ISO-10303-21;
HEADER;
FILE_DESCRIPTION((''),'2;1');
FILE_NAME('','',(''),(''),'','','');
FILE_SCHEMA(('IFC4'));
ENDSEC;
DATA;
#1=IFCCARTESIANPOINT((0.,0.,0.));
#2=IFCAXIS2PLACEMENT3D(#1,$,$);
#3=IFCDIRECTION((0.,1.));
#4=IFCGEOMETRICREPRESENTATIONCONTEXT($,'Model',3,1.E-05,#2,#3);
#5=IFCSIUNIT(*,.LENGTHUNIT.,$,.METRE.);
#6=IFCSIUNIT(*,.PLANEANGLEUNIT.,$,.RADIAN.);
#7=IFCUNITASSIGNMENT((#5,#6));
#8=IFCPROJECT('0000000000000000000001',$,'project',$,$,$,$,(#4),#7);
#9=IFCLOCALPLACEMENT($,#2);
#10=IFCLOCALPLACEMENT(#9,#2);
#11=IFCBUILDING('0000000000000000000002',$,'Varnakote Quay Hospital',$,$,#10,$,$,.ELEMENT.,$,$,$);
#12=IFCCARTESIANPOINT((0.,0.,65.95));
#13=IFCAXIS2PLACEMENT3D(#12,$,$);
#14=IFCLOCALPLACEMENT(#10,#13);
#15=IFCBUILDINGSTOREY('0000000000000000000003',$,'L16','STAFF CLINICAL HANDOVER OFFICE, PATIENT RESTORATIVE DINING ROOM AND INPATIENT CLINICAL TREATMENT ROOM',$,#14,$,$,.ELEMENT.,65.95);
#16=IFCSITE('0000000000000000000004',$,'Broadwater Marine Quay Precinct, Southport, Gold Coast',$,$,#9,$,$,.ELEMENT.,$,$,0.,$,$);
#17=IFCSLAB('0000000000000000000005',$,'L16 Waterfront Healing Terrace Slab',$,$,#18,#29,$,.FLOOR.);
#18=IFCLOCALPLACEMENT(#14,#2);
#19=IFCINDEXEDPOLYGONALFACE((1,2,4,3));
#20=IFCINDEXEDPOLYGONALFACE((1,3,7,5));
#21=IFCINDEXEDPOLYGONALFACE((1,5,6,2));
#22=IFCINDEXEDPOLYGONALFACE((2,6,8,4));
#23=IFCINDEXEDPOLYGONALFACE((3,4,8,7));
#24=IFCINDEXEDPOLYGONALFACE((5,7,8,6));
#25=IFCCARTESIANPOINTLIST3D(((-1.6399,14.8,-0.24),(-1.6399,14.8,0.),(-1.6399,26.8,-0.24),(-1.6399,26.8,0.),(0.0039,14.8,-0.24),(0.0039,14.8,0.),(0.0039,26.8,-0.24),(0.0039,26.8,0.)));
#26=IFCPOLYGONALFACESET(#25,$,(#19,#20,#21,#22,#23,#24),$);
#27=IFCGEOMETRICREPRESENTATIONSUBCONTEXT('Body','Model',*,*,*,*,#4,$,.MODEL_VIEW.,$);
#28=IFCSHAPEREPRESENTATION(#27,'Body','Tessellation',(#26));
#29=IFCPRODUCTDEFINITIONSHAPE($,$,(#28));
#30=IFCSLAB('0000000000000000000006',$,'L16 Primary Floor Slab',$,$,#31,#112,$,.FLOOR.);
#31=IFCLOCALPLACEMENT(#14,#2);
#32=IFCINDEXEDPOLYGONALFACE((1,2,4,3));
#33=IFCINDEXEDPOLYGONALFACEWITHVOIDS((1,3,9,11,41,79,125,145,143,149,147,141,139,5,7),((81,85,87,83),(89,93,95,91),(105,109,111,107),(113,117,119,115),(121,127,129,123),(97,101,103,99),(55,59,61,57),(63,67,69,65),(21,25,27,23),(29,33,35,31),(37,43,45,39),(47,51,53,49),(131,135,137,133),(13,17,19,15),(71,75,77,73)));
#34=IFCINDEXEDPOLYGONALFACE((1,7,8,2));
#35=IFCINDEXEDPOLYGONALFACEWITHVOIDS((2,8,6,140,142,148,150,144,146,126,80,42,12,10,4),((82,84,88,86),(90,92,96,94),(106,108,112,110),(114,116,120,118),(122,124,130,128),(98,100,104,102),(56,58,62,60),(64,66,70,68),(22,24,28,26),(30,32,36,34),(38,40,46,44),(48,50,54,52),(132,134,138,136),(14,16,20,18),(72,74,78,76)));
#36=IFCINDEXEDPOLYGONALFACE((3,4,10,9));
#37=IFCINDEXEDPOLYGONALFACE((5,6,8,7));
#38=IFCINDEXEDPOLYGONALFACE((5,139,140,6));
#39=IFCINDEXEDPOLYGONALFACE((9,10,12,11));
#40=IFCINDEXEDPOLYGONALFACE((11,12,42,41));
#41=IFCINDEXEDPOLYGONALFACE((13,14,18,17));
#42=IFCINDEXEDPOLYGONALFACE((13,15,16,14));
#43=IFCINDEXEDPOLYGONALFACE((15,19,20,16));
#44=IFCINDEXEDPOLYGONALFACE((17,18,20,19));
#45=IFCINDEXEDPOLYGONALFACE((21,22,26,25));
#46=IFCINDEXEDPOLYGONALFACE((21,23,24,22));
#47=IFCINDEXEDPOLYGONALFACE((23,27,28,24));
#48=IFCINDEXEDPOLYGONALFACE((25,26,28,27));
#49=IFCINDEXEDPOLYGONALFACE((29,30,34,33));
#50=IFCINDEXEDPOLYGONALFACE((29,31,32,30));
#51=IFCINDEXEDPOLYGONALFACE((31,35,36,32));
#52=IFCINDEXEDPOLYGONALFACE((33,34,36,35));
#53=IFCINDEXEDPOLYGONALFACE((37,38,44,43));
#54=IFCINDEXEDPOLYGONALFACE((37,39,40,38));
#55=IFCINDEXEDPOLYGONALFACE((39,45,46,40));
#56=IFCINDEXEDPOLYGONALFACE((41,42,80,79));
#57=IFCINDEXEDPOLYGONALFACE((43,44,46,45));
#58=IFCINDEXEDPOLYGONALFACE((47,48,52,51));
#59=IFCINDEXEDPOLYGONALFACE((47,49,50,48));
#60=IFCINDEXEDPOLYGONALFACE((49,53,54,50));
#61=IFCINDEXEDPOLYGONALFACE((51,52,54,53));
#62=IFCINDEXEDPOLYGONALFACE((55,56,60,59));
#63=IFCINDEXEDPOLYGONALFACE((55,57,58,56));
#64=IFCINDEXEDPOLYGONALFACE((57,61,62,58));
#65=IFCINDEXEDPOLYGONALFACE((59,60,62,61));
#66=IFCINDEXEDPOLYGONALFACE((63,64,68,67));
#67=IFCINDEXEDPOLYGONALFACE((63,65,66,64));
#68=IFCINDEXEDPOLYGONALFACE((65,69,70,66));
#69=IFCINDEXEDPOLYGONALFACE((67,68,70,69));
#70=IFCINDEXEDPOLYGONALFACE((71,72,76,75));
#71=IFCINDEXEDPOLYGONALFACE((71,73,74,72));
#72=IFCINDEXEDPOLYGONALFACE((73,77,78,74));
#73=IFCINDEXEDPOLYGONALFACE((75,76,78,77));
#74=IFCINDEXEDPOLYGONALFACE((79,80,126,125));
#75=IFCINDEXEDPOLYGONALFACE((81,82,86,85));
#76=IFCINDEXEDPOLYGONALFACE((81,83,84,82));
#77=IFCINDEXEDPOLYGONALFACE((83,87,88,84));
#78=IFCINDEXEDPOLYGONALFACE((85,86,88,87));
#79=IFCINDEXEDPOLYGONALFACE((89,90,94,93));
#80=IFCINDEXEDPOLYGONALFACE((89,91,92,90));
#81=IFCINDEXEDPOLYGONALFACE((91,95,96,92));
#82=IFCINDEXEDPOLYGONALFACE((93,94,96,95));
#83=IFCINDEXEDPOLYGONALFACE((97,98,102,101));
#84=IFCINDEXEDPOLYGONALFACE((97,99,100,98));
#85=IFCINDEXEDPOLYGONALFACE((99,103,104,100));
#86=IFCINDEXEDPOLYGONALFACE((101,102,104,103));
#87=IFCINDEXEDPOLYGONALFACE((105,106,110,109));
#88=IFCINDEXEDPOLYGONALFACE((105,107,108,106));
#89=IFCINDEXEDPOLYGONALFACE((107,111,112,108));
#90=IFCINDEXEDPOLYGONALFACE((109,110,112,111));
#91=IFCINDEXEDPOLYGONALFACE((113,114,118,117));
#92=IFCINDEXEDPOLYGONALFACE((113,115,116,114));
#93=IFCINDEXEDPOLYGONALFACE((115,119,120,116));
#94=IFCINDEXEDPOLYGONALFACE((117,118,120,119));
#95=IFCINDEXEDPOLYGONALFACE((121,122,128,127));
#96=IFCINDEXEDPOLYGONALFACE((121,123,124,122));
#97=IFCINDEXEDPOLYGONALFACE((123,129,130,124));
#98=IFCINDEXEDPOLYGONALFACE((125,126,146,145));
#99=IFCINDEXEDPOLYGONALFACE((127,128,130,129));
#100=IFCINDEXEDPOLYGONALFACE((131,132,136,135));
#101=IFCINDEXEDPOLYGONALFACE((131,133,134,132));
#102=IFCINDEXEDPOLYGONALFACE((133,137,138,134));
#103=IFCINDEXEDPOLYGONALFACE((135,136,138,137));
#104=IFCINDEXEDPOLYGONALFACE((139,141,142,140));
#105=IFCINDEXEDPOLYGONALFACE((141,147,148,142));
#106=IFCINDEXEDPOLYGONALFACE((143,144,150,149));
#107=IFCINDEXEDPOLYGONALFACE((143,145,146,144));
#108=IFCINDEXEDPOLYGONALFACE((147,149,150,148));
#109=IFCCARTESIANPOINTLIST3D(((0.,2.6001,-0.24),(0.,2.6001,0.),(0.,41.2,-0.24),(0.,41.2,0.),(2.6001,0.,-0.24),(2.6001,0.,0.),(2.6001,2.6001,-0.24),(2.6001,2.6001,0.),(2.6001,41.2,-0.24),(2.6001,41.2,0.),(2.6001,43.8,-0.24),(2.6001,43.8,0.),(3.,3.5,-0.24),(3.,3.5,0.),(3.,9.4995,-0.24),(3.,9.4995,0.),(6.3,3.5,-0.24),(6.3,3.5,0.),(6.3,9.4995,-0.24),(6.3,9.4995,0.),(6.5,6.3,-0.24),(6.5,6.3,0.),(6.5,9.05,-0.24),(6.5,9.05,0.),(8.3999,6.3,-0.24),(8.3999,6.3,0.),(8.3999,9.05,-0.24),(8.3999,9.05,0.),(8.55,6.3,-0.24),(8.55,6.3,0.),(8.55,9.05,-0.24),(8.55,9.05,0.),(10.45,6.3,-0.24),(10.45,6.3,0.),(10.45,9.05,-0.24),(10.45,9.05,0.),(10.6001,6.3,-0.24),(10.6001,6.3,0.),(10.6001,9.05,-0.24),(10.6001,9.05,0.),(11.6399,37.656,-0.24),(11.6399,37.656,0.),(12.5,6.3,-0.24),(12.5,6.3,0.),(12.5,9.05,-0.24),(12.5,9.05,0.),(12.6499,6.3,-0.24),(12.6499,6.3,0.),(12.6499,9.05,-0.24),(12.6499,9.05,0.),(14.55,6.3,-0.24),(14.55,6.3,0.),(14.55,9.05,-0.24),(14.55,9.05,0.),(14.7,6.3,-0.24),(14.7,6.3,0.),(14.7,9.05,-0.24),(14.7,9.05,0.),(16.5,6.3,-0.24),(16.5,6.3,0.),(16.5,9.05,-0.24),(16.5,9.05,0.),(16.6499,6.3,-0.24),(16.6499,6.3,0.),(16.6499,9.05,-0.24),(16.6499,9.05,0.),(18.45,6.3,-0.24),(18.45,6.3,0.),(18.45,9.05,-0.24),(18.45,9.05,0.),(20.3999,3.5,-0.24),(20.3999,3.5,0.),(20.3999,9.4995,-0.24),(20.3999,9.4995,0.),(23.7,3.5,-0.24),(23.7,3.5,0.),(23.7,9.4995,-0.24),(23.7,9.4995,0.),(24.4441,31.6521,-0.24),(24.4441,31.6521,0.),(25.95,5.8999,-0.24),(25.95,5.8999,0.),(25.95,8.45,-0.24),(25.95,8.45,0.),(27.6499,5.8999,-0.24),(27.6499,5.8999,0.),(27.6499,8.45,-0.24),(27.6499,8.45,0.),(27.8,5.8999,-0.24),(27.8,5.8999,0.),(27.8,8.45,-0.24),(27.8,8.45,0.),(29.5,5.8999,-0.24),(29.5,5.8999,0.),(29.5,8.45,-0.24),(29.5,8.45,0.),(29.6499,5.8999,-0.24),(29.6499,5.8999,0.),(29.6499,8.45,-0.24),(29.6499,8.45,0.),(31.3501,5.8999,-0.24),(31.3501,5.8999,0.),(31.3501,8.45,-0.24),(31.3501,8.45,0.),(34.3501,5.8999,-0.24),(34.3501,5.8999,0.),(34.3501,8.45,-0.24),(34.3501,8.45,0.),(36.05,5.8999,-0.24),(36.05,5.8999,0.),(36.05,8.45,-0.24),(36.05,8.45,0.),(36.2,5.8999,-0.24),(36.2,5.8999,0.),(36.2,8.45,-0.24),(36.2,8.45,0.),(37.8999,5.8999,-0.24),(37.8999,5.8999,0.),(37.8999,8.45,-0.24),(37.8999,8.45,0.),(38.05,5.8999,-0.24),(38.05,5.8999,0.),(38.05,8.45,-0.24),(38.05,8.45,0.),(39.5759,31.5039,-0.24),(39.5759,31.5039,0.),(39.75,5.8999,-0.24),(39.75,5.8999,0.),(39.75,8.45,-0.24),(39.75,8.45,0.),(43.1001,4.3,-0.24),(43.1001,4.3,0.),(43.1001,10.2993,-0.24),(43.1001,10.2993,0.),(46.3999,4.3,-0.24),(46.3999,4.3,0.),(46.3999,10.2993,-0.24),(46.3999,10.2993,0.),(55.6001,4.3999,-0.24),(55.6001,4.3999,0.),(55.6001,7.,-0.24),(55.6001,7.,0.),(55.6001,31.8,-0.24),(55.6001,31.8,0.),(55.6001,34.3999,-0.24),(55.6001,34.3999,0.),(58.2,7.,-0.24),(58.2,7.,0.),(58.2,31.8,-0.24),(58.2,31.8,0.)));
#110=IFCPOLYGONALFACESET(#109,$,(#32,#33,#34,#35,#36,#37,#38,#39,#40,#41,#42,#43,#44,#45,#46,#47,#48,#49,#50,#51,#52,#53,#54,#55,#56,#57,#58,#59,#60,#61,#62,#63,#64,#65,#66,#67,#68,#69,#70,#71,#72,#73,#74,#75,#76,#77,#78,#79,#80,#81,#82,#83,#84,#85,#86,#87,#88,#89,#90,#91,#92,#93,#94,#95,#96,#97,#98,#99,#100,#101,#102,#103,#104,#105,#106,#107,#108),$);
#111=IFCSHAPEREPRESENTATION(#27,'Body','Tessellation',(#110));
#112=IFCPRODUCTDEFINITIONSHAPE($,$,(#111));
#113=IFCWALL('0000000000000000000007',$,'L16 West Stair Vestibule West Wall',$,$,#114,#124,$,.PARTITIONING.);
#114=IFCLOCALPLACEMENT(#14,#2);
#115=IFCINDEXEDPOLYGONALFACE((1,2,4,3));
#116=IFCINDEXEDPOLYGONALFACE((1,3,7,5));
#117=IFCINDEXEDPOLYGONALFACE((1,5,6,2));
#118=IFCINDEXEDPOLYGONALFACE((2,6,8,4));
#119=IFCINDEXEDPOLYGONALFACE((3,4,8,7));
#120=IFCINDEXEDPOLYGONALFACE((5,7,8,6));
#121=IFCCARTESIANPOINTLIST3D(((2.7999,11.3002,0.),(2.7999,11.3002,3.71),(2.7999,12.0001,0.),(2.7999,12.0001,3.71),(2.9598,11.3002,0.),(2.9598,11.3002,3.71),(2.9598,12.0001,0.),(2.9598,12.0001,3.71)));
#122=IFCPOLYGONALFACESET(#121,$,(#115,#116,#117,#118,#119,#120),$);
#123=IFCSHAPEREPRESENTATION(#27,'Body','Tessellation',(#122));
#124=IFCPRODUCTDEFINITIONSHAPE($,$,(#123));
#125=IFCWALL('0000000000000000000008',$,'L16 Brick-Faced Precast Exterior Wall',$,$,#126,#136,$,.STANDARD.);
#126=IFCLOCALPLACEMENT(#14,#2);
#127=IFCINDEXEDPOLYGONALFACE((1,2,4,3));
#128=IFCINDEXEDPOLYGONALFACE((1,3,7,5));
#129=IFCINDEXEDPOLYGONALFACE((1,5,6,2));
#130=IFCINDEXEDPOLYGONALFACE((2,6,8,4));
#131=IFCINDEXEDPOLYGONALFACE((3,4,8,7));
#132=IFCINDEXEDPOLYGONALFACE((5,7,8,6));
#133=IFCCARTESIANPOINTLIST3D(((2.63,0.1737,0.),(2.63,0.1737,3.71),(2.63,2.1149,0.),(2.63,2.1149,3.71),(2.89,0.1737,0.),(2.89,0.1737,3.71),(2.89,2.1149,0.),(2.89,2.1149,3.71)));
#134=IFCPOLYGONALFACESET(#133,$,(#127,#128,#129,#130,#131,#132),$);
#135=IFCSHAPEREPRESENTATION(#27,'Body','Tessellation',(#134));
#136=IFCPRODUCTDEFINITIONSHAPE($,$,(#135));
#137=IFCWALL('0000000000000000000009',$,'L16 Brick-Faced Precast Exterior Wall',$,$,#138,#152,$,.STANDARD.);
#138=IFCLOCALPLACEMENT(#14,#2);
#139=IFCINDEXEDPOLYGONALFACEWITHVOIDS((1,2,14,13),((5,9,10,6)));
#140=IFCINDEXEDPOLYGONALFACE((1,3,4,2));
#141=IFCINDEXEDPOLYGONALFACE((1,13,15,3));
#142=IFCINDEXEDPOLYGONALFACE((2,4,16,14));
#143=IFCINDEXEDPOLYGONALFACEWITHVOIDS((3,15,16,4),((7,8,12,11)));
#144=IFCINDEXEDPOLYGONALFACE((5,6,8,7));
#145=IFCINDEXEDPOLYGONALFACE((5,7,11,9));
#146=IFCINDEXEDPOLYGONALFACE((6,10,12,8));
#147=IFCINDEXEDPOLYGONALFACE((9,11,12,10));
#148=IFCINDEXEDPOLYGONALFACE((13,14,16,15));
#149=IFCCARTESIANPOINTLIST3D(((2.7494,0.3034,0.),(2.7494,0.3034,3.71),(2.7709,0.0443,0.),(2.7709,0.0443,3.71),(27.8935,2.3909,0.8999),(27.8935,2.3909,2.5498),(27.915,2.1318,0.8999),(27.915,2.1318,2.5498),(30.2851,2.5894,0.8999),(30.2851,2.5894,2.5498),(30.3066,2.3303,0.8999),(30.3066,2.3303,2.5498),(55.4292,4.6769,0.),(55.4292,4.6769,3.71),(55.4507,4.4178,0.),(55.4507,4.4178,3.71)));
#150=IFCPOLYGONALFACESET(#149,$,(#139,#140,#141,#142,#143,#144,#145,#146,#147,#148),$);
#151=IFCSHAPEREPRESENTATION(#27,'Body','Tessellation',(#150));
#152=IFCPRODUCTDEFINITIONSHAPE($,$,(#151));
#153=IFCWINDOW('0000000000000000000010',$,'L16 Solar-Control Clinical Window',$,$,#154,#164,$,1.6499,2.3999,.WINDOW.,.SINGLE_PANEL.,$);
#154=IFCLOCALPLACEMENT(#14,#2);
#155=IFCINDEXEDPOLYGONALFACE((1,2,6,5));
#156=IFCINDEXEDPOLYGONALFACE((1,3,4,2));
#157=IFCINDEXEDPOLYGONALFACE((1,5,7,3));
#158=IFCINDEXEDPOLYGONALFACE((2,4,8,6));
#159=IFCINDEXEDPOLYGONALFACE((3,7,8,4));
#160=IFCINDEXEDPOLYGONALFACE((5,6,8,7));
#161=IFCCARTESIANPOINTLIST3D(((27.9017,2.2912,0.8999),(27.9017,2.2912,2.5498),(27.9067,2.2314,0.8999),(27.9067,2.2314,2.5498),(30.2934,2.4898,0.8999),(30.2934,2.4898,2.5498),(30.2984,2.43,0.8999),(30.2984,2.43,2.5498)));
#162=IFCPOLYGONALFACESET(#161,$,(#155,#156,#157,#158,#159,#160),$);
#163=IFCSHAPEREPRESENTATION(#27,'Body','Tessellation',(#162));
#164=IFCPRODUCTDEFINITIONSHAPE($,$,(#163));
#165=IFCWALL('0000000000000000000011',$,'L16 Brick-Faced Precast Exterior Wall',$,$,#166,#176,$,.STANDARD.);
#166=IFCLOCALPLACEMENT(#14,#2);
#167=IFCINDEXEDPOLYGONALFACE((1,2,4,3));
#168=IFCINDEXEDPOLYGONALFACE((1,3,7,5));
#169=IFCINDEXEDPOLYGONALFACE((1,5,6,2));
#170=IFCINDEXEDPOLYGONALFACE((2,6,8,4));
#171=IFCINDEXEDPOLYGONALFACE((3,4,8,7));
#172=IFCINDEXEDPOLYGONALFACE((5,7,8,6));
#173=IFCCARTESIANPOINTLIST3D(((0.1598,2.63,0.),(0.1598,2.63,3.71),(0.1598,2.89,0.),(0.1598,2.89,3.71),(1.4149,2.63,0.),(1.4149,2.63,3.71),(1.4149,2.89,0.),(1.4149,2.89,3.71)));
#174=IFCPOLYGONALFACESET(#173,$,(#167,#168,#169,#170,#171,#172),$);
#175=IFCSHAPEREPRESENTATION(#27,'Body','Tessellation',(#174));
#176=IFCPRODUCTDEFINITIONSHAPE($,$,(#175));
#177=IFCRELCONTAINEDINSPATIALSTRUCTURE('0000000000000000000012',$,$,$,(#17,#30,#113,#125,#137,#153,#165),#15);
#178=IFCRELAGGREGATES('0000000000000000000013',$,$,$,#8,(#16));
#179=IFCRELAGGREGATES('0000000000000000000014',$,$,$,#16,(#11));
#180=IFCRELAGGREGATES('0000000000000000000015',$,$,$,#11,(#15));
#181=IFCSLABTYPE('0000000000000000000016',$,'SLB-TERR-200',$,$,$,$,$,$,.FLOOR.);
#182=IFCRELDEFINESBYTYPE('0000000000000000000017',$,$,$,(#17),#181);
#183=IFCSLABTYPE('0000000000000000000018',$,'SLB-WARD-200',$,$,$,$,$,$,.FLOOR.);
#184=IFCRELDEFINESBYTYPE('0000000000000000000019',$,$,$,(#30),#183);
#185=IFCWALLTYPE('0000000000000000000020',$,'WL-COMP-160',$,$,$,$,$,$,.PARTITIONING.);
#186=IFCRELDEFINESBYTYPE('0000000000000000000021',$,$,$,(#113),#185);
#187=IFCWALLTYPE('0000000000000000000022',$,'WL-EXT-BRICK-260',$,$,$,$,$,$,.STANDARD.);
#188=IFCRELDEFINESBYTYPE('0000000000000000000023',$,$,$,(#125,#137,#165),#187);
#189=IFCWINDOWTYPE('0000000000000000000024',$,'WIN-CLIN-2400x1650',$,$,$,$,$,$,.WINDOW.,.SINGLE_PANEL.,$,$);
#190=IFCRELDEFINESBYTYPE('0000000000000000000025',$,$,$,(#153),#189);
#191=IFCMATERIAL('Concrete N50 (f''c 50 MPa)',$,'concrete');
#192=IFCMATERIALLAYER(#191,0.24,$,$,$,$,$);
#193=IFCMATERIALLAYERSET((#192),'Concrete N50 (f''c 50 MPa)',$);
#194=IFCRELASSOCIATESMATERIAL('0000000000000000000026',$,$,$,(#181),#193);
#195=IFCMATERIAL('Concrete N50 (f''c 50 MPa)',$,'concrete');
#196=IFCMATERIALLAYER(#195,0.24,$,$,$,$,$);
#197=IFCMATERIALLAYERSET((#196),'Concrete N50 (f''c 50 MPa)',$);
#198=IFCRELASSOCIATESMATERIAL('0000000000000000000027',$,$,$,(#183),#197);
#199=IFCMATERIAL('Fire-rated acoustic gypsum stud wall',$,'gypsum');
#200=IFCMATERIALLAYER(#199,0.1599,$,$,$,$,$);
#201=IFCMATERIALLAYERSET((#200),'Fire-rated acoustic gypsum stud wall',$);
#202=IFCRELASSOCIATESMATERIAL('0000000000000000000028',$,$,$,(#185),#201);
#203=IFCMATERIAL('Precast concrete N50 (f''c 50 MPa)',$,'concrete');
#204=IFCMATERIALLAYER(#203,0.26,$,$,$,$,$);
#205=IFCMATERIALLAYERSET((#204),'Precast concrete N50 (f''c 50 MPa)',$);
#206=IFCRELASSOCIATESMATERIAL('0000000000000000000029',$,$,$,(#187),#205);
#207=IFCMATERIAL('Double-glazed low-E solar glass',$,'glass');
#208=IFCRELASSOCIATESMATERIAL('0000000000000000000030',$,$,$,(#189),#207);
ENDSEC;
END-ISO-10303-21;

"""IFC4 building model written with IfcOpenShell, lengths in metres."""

from ifc_helpers import new_model, si_unit, direction, frame, frame_2d, origin, place, context, subcontext, project, spatial, polyline, rectangle, outline, extrude, material, layer, layer_set, type_object, element, fill, save


model = new_model("IFC4")

# Units and contexts
model_context = context("Model", 3, precision=1e-05, world=origin(), true_north=direction((0.0, 1.0)))
body_context = subcontext(model_context, "Body", "Model", "MODEL_VIEW")
ifc_project = project(units=[si_unit("LENGTHUNIT", "METRE"), si_unit("PLANEANGLEUNIT", "RADIAN")], contexts=[model_context])

# Site, building, storey
site_placement = place(None, origin())
site = spatial("IfcSite", under=ifc_project, at=site_placement, Name="Broadwater Marine Quay Precinct, Southport, Gold Coast", CompositionType="ELEMENT", RefElevation=0.0)
building_placement = place(site_placement, origin())
building = spatial("IfcBuilding", under=site, at=building_placement, Name="Varnakote Quay Hospital", CompositionType="ELEMENT")
storey_placement = place(building_placement, frame((0.0, 0.0, 65.95)))
storey = spatial("IfcBuildingStorey", under=building, at=storey_placement, Name="L16", Description="STAFF CLINICAL HANDOVER OFFICE, PATIENT RESTORATIVE DINING ROOM AND INPATIENT CLINICAL TREATMENT ROOM", CompositionType="ELEMENT", Elevation=65.95)

# Slabs
ifc_material_1 = material(Name="Concrete N50 (f'c 50 MPa)", Category="concrete")
ifc_layer_1 = layer(ifc_material_1, 0.24)
ifc_layer_set_1 = layer_set([ifc_layer_1], Name="Concrete N50 (f'c 50 MPa)")
slab_type_1 = type_object("IfcSlabType", Name="SLB-TERR-200", PredefinedType="FLOOR", material=ifc_layer_set_1)
slab_1_placement = place(storey_placement, frame((0.0, 0.0, -0.24)))
element("IfcSlab", 1, at=slab_1_placement, inside=storey, type_object=slab_type_1, Name="L16 Waterfront Healing Terrace Slab", PredefinedType="FLOOR", context=body_context, shape_type="SweptSolid", body=[
    extrude(outline(polyline([(0.0039, 14.8), (0.0039, 26.8), (-1.6399, 26.8), (-1.6399, 14.8), (0.0039, 14.8)])), origin(), (0.0, 0.0, 1.0), 0.24),
])
ifc_material_2 = material(Name="Concrete N50 (f'c 50 MPa)", Category="concrete")
ifc_layer_2 = layer(ifc_material_2, 0.24)
ifc_layer_set_2 = layer_set([ifc_layer_2], Name="Concrete N50 (f'c 50 MPa)")
slab_type_2 = type_object("IfcSlabType", Name="SLB-WARD-200", PredefinedType="FLOOR", material=ifc_layer_set_2)
slab_2_placement = place(storey_placement, frame((0.0, 0.0, -0.24)))
element("IfcSlab", 2, at=slab_2_placement, inside=storey, type_object=slab_type_2, Name="L16 Primary Floor Slab", PredefinedType="FLOOR", context=body_context, shape_type="SweptSolid", body=[
    extrude(outline(polyline([(0.0, 2.6001), (2.6001, 2.6001), (2.6001, 0.0), (55.6001, 4.3999), (55.6001, 7.0), (58.2, 7.0), (58.2, 31.8), (55.6001, 31.8), (55.6001, 34.3999), (39.5759, 31.5039), (24.4441, 31.6521), (11.6399, 37.656), (2.6001, 43.8), (2.6001, 41.2), (0.0, 41.2), (0.0, 2.6001)]), holes=[polyline([(3.0, 3.5), (6.3, 3.5), (6.3, 9.4995), (3.0, 9.4995), (3.0, 3.5)]), polyline([(20.3999, 3.5), (23.7, 3.5), (23.7, 9.4995), (20.3999, 9.4995), (20.3999, 3.5)]), polyline([(43.1001, 4.3), (46.3999, 4.3), (46.3999, 10.2993), (43.1001, 10.2993), (43.1001, 4.3)]), polyline([(6.5, 6.3), (8.3999, 6.3), (8.3999, 9.05), (6.5, 9.05), (6.5, 6.3)]), polyline([(8.55, 6.3), (10.45, 6.3), (10.45, 9.05), (8.55, 9.05), (8.55, 6.3)]), polyline([(10.6001, 6.3), (12.5, 6.3), (12.5, 9.05), (10.6001, 9.05), (10.6001, 6.3)]), polyline([(12.6499, 6.3), (14.55, 6.3), (14.55, 9.05), (12.6499, 9.05), (12.6499, 6.3)]), polyline([(14.7, 6.3), (16.5, 6.3), (16.5, 9.05), (14.7, 9.05), (14.7, 6.3)]), polyline([(16.6499, 6.3), (18.45, 6.3), (18.45, 9.05), (16.6499, 9.05), (16.6499, 6.3)]), polyline([(25.95, 5.8999), (27.6499, 5.8999), (27.6499, 8.45), (25.95, 8.45), (25.95, 5.8999)]), polyline([(27.8, 5.8999), (29.5, 5.8999), (29.5, 8.45), (27.8, 8.45), (27.8, 5.8999)]), polyline([(29.6499, 5.8999), (31.3501, 5.8999), (31.3501, 8.45), (29.6499, 8.45), (29.6499, 5.8999)]), polyline([(34.3501, 5.8999), (36.05, 5.8999), (36.05, 8.45), (34.3501, 8.45), (34.3501, 5.8999)]), polyline([(36.2, 5.8999), (37.8999, 5.8999), (37.8999, 8.45), (36.2, 8.45), (36.2, 5.8999)]), polyline([(38.05, 5.8999), (39.75, 5.8999), (39.75, 8.45), (38.05, 8.45), (38.05, 5.8999)])]), origin(), (0.0, 0.0, 1.0), 0.24),
])

# Walls
ifc_material_3 = material(Name="Fire-rated acoustic gypsum stud wall", Category="gypsum")
ifc_layer_3 = layer(ifc_material_3, 0.1599)
ifc_layer_set_3 = layer_set([ifc_layer_3], Name="Fire-rated acoustic gypsum stud wall")
wall_type_1 = type_object("IfcWallType", Name="WL-COMP-160", PredefinedType="PARTITIONING", material=ifc_layer_set_3)
wall_1_placement = place(storey_placement, frame((2.8799, 11.3, 0.0), z_axis=(0.0, 0.0, 1.0), x_axis=(0.0, 1.0, 0.0)))
element("IfcWall", 3, at=wall_1_placement, inside=storey, type_object=wall_type_1, Name="L16 West Stair Vestibule West Wall", PredefinedType="PARTITIONING", context=body_context, shape_type="SweptSolid", body=[
    extrude(rectangle(XDim=0.7, YDim=0.1599, at=frame_2d((0.3501, 0.0))), origin(), (0.0, 0.0, 1.0), 3.71),
])
ifc_material_4 = material(Name="Precast concrete N50 (f'c 50 MPa)", Category="concrete")
ifc_layer_4 = layer(ifc_material_4, 0.26)
ifc_layer_set_4 = layer_set([ifc_layer_4], Name="Precast concrete N50 (f'c 50 MPa)")
wall_type_2 = type_object("IfcWallType", Name="WL-EXT-BRICK-260", PredefinedType="STANDARD", material=ifc_layer_set_4)
wall_2_placement = place(storey_placement, frame((2.76, 2.115, 0.0), z_axis=(0.0, 0.0, 1.0), x_axis=(0.0, -1.0, 0.0)))
element("IfcWall", 4, at=wall_2_placement, inside=storey, type_object=wall_type_2, Name="L16 Brick-Faced Precast Exterior Wall", PredefinedType="STANDARD", context=body_context, shape_type="SweptSolid", body=[
    extrude(rectangle(XDim=1.9412, YDim=0.26, at=frame_2d((0.9707, 0.0))), origin(), (0.0, 0.0, 1.0), 3.71),
])

# Wall, opening, window
wall_3_placement = place(storey_placement, frame((2.76, 0.1738, 0.0), z_axis=(0.0, 0.0, 1.0), x_axis=(0.996571, 0.082736, 0.0)))
wall_3 = element("IfcWall", 5, at=wall_3_placement, inside=storey, type_object=wall_type_2, Name="L16 Brick-Faced Precast Exterior Wall", PredefinedType="STANDARD", context=body_context, shape_type="SweptSolid", body=[
    extrude(rectangle(XDim=52.8611, YDim=0.26, at=frame_2d((26.4307, 0.0))), origin(), (0.0, 0.0, 1.0), 3.71),
])
opening_1_placement = place(wall_3_placement, frame((25.2307, 0.0, 0.8999)))
opening_1 = element("IfcOpeningElement", 6, at=opening_1_placement, cuts=wall_3, PredefinedType="OPENING", context=body_context, shape_type="SweptSolid", body=[
    extrude(rectangle(XDim=2.3999, YDim=1.6499, at=frame_2d((1.2, 0.825))), frame((0.0, 0.1399, 0.0), z_axis=(0.0, -1.0, 0.0), x_axis=(1.0, 0.0, 0.0)), (0.0, 0.0, 1.0), 0.28),
])
ifc_material_5 = material(Name="Double-glazed low-E solar glass", Category="glass")
window_type = type_object("IfcWindowType", Name="WIN-CLIN-2400x1650", PartitioningType="SINGLE_PANEL", PredefinedType="WINDOW", material=ifc_material_5)
window_placement = place(opening_1_placement, origin())
window = element("IfcWindow", 7, at=window_placement, inside=storey, type_object=window_type, Name="L16 Solar-Control Clinical Window", OverallHeight=1.6499, OverallWidth=2.3999, PartitioningType="SINGLE_PANEL", PredefinedType="WINDOW", context=body_context, shape_type="SweptSolid", body=[
    extrude(rectangle(XDim=2.3999, YDim=1.6499, at=frame_2d((1.2, 0.825))), frame((0.0, 0.03, 0.0), z_axis=(0.0, -1.0, 0.0), x_axis=(1.0, 0.0, 0.0)), (0.0, 0.0, 1.0), 0.0601),
])
fill(opening_1, window)

# Wall
wall_4_placement = place(storey_placement, frame((0.1599, 2.76, 0.0), z_axis=(0.0, 0.0, 1.0), x_axis=(1.0, 0.0, 0.0)))
element("IfcWall", 8, at=wall_4_placement, inside=storey, type_object=wall_type_2, Name="L16 Brick-Faced Precast Exterior Wall", PredefinedType="STANDARD", context=body_context, shape_type="SweptSolid", body=[
    extrude(rectangle(XDim=1.2551, YDim=0.26, at=frame_2d((0.6274, 0.0))), origin(), (0.0, 0.0, 1.0), 3.71),
])

save(model, "model.ifc")
